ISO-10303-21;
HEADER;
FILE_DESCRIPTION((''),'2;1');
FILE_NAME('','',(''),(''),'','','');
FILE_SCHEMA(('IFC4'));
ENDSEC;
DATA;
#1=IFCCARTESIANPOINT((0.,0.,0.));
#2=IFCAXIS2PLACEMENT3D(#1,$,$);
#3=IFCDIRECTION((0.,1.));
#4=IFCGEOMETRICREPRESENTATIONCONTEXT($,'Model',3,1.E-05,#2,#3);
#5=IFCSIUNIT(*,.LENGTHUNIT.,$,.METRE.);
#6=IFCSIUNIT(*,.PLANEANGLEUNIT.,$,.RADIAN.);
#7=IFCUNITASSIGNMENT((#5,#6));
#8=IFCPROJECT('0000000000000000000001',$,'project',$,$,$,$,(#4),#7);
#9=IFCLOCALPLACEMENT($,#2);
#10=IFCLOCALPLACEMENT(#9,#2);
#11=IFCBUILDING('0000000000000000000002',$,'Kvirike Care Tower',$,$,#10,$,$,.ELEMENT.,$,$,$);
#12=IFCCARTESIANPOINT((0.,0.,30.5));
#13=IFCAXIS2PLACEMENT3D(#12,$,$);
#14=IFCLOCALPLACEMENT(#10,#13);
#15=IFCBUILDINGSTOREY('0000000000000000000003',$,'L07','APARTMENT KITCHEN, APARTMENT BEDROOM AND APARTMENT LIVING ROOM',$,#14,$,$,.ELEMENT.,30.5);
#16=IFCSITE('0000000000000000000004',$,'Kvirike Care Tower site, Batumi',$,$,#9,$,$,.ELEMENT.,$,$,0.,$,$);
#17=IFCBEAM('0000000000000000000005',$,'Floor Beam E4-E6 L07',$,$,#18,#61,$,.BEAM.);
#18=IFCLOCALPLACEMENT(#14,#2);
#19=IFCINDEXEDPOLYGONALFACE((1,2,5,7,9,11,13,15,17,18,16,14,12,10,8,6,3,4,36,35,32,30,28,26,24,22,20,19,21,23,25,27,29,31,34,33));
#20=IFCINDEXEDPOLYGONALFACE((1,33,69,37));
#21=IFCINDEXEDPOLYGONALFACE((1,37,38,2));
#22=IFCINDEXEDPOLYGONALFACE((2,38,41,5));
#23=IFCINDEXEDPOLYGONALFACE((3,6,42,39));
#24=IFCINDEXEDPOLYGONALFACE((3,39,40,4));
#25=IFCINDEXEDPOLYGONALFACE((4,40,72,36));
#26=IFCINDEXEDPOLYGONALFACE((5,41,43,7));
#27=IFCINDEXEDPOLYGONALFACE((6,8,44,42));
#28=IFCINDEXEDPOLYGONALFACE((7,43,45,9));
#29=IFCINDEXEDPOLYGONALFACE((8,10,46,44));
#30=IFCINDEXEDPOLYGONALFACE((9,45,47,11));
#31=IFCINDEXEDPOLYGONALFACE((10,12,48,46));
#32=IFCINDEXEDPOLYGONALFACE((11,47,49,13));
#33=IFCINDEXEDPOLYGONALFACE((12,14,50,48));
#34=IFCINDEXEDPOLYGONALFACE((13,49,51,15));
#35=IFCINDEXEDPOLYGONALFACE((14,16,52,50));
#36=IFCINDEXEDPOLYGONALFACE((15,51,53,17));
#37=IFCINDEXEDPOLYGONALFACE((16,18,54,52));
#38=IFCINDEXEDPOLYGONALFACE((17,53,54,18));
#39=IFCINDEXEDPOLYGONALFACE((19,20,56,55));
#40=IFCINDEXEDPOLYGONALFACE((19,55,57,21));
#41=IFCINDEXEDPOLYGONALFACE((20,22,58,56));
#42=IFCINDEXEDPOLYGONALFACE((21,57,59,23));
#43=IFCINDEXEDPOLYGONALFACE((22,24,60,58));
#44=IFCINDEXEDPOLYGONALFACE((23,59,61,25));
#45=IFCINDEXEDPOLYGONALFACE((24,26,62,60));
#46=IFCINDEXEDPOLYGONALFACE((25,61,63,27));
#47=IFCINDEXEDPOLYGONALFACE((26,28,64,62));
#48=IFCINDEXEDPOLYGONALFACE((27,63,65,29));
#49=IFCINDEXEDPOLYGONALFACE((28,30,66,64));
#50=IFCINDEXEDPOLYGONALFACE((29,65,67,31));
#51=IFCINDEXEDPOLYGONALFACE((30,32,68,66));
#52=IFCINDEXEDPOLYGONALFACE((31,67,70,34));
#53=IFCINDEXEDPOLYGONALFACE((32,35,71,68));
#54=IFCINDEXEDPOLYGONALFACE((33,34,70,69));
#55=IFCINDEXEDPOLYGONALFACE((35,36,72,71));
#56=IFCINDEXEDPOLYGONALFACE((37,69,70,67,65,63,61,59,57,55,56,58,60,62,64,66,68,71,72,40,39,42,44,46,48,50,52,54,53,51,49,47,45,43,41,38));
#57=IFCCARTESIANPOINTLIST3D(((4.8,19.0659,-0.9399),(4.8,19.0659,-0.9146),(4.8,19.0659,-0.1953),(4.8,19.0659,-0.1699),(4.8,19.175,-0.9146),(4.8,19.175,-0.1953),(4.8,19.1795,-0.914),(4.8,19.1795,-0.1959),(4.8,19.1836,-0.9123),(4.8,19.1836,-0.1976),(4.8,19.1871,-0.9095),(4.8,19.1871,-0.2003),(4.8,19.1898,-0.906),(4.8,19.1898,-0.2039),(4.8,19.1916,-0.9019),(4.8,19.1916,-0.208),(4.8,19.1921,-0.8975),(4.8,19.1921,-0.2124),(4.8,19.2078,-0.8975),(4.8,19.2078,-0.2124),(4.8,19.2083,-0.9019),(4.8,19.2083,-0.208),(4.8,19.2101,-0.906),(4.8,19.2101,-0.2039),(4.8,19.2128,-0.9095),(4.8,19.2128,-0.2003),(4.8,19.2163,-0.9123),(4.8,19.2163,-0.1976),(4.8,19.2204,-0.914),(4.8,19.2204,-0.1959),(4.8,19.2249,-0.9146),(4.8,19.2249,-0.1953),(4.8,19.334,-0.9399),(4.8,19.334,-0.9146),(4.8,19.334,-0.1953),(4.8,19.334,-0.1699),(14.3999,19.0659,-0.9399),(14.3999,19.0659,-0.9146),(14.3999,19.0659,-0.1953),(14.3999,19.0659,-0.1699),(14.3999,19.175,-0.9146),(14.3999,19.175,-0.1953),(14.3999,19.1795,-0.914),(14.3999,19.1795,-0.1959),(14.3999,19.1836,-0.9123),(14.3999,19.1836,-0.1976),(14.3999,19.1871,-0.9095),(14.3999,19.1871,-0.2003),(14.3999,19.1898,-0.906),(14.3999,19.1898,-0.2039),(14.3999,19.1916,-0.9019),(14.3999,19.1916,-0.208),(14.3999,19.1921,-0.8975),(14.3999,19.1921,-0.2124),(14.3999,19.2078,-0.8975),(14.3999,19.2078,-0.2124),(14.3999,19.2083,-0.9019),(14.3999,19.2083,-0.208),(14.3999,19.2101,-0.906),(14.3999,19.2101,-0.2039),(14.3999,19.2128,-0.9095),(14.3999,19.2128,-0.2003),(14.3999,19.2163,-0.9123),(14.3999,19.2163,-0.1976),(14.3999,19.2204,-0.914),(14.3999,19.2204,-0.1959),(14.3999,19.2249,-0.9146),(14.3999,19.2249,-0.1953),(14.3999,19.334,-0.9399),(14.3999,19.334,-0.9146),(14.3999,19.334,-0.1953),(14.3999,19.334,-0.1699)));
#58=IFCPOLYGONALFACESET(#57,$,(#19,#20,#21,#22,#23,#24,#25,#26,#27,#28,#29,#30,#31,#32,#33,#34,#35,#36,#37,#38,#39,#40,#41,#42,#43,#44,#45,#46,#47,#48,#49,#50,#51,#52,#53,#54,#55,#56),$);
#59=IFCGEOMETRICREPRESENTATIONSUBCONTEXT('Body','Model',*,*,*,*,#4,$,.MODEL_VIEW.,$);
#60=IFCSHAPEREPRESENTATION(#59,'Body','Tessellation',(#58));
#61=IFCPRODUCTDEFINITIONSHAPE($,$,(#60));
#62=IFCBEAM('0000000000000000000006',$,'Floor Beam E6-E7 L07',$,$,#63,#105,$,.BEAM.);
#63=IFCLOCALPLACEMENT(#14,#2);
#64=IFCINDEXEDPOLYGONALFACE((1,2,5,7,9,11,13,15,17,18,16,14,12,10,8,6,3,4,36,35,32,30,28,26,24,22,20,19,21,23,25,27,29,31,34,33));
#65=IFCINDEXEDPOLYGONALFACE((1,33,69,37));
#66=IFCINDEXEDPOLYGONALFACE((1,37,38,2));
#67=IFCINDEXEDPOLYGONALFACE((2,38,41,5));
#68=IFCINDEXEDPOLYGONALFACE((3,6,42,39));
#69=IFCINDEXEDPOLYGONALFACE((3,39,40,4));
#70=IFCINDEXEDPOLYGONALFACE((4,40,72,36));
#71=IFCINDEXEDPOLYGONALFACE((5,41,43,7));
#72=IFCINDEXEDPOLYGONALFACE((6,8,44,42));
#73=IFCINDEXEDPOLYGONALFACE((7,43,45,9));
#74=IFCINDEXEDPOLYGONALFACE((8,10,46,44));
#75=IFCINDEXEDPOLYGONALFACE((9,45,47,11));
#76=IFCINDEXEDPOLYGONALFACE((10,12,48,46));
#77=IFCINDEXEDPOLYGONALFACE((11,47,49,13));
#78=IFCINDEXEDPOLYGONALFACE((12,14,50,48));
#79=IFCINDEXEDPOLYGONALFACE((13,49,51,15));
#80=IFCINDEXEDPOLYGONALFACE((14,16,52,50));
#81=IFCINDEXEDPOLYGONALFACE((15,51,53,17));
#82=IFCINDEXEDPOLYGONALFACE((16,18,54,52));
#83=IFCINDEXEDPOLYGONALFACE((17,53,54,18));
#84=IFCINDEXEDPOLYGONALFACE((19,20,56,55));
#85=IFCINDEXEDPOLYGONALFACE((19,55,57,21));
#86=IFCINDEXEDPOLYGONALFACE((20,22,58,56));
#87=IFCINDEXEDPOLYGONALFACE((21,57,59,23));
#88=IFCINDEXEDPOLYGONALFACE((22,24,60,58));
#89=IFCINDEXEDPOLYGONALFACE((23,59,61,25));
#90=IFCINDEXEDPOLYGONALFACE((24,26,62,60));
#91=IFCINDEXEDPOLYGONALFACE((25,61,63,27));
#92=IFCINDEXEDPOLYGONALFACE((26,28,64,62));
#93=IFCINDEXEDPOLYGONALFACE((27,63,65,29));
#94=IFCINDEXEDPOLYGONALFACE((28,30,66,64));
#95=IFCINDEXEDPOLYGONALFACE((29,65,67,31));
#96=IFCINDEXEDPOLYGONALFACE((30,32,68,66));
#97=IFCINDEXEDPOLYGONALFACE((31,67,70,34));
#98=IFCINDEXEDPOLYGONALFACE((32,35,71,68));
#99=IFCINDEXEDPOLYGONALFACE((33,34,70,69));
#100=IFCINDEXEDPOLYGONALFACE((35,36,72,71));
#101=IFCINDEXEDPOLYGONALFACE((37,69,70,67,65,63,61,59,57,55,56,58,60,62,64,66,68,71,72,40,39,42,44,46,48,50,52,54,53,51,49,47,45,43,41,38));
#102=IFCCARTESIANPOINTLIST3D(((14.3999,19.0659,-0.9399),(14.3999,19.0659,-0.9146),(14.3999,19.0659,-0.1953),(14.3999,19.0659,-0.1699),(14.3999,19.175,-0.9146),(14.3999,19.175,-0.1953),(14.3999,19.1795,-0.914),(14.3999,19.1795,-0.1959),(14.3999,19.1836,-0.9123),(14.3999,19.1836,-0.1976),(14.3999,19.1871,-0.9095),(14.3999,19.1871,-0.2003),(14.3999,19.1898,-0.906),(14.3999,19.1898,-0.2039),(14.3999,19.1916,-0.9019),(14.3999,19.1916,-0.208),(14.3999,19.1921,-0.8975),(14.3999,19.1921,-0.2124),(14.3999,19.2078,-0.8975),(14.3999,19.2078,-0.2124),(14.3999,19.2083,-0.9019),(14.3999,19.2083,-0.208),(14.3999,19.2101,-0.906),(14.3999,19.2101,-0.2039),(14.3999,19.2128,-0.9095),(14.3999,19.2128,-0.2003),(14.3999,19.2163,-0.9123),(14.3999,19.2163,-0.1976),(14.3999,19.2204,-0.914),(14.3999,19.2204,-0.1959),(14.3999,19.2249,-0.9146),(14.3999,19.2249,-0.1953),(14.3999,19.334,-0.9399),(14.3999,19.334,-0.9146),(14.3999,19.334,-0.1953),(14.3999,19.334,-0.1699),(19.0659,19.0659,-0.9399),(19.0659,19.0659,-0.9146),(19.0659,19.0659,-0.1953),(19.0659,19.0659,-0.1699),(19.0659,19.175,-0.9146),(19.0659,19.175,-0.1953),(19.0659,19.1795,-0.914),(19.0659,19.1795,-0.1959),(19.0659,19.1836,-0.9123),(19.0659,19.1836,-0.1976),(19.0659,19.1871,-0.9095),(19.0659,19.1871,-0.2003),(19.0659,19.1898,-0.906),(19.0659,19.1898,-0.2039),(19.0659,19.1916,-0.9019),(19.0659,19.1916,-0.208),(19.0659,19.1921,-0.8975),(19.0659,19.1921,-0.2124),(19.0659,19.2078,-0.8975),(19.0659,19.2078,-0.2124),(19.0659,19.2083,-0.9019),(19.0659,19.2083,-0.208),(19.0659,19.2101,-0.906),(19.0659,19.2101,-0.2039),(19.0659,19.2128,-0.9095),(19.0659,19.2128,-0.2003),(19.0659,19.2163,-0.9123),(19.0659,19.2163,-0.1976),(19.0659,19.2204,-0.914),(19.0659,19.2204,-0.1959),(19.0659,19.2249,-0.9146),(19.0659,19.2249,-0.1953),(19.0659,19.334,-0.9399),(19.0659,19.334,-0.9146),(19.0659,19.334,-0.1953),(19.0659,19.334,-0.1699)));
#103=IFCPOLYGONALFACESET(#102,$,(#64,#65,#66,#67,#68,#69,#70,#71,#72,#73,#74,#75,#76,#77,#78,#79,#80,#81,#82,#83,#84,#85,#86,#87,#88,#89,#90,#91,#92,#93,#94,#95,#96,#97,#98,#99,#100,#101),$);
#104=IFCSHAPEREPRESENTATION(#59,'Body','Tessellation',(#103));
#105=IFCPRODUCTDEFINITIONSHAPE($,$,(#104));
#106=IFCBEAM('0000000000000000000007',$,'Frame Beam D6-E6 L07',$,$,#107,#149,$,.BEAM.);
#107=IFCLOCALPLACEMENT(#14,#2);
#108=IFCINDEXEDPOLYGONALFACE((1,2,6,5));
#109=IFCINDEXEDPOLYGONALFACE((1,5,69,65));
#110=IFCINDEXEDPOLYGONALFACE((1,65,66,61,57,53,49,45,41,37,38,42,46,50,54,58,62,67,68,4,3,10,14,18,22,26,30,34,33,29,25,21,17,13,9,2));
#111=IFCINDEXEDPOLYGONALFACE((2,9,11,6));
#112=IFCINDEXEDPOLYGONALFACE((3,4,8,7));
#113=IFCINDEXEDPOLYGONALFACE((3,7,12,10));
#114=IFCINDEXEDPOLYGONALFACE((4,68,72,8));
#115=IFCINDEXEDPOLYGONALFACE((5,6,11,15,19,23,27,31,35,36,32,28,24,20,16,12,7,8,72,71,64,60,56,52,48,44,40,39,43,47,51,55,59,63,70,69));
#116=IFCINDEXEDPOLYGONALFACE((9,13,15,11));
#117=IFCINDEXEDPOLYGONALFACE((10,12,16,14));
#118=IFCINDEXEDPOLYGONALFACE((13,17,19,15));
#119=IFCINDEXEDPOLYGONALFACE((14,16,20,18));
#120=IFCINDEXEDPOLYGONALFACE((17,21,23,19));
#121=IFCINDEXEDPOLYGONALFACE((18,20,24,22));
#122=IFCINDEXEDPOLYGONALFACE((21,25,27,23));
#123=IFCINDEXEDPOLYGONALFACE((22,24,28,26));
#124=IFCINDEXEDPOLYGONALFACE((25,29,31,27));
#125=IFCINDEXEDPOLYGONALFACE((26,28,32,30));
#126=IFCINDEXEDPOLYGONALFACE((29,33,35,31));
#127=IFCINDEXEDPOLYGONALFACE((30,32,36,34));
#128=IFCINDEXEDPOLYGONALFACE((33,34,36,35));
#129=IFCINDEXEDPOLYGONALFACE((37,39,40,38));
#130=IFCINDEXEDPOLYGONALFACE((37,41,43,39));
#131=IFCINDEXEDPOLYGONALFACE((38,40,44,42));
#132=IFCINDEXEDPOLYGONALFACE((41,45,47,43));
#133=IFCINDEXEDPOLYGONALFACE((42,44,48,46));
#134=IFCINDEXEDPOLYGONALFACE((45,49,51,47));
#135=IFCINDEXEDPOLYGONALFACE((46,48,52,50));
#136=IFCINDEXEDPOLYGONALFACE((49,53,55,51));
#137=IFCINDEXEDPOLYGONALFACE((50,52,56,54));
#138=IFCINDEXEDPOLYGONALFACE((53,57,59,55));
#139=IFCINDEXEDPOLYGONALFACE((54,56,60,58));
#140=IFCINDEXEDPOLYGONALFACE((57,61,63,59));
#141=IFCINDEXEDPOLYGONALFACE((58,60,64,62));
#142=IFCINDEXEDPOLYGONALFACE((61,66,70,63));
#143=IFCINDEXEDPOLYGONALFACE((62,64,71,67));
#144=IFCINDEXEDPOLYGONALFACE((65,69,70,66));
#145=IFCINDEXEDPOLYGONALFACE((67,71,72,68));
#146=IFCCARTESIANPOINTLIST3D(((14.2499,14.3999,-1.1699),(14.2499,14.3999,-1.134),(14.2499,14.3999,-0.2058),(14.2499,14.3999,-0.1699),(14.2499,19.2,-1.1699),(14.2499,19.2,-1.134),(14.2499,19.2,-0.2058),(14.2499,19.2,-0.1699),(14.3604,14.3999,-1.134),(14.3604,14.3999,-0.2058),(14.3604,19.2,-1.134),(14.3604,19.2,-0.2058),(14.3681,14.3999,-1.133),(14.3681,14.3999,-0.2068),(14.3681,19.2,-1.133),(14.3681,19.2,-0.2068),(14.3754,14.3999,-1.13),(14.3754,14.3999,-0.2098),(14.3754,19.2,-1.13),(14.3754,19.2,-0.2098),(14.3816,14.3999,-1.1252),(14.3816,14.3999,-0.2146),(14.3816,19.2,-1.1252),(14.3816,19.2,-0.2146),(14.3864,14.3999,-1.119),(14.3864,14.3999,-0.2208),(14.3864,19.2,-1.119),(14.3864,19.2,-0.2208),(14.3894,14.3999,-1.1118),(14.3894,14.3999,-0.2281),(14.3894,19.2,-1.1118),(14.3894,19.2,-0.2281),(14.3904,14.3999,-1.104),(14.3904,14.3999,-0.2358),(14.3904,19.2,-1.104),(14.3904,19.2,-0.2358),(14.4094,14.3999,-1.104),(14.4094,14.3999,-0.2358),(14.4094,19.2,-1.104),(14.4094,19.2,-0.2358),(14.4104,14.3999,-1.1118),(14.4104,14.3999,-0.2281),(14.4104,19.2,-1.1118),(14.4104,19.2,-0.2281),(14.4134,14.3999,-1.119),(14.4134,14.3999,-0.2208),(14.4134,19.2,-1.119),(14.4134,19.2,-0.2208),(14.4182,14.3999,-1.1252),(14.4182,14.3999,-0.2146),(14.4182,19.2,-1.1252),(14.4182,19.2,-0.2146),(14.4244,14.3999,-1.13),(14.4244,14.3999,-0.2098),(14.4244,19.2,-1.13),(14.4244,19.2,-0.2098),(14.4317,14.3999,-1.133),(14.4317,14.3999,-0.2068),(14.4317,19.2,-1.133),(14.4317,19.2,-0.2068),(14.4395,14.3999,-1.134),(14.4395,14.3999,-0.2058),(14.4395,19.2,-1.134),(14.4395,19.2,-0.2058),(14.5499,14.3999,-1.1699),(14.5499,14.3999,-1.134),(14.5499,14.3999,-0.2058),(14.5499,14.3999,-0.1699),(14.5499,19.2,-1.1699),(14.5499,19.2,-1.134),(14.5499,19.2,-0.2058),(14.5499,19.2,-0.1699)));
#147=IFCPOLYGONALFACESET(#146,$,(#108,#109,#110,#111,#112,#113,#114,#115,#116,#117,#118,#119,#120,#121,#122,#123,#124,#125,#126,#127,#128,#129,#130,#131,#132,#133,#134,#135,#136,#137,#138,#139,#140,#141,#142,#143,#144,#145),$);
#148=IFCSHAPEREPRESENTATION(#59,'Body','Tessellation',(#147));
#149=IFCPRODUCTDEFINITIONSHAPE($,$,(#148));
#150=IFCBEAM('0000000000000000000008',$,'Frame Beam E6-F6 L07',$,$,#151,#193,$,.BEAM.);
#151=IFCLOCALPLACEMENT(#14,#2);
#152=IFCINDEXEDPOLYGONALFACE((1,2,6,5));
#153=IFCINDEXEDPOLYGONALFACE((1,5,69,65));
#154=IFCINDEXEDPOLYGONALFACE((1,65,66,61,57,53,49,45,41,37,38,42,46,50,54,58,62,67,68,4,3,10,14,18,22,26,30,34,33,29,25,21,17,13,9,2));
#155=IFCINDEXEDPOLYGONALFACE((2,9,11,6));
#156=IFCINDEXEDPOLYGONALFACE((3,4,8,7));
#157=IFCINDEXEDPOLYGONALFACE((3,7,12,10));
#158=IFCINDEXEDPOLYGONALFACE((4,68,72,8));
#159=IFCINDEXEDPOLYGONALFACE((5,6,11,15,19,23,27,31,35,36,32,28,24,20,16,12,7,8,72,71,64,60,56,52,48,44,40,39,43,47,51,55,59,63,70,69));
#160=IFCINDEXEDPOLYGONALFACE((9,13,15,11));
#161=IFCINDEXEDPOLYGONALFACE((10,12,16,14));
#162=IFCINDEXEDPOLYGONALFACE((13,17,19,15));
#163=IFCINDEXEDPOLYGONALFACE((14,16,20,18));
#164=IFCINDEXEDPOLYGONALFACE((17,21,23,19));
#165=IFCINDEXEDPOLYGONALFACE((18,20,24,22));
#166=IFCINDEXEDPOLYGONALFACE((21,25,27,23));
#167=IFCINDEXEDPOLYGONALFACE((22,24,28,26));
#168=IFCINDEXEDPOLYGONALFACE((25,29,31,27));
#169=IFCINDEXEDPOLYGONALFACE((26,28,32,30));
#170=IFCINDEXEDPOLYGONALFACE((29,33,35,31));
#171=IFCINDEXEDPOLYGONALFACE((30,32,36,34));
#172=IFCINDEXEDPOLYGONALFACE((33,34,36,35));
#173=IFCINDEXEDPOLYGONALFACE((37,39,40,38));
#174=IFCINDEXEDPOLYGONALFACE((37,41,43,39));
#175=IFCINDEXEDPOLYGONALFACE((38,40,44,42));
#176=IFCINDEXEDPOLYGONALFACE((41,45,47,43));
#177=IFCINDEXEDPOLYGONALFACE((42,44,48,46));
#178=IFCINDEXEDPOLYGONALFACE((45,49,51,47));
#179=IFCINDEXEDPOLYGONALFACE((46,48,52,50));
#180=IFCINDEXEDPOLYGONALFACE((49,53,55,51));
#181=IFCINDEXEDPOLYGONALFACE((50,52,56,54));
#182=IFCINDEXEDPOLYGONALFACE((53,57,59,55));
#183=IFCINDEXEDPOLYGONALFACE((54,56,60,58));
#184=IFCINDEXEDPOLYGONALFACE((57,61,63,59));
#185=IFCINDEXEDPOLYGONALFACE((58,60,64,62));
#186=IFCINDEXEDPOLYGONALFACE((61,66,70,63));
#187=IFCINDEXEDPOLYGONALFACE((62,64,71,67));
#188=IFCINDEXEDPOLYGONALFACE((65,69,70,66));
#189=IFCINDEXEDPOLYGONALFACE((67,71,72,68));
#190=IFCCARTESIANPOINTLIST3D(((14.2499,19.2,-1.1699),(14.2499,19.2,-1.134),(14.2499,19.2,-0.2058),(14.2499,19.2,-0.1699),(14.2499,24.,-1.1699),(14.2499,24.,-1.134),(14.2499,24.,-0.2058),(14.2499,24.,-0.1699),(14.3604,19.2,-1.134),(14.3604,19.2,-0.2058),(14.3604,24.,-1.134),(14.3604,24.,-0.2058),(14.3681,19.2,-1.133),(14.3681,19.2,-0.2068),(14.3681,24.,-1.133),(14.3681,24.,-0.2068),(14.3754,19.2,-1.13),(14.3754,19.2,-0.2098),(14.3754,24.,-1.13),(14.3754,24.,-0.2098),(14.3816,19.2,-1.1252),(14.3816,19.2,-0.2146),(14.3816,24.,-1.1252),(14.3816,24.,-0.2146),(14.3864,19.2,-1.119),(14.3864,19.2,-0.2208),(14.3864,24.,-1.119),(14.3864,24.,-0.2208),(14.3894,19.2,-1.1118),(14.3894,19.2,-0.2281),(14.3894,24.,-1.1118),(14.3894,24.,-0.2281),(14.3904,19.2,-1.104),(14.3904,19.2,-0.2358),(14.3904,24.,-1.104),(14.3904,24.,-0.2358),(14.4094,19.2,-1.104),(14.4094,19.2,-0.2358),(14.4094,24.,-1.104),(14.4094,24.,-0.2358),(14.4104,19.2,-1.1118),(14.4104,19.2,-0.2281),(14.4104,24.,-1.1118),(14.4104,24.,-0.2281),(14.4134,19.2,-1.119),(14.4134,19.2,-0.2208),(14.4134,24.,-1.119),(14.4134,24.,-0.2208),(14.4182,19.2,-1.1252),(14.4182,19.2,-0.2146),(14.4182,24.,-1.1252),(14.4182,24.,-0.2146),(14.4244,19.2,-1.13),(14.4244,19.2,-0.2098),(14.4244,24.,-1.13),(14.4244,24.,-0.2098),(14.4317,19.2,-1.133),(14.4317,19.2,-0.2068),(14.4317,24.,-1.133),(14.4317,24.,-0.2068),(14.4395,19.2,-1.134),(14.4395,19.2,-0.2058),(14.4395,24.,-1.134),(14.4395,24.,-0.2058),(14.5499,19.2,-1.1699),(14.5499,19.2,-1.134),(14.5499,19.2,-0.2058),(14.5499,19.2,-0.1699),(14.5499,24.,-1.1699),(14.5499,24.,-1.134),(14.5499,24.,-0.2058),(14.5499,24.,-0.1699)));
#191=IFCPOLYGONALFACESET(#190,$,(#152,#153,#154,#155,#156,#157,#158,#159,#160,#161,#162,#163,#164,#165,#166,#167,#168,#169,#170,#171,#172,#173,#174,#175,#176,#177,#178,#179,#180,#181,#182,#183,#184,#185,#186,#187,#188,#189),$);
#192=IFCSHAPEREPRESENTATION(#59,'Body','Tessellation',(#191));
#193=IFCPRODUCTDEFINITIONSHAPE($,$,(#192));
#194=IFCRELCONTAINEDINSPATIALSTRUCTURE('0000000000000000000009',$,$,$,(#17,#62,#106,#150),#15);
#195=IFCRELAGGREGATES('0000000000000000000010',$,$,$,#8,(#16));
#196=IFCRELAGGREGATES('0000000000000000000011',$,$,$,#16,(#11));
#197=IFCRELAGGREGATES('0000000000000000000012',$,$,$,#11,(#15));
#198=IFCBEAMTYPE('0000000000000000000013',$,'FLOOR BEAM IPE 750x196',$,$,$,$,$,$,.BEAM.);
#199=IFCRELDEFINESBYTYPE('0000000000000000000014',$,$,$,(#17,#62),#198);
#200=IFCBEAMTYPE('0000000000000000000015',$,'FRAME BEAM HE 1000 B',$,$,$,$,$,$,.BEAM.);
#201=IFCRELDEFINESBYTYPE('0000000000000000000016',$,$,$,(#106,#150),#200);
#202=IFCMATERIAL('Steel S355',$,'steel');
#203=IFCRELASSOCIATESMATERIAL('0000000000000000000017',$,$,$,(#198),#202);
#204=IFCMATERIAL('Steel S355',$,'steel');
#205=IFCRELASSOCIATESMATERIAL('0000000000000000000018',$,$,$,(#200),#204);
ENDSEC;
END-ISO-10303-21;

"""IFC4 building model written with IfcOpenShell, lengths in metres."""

from ifc_helpers import new_model, si_unit, direction, frame, origin, origin_2d, place, context, subcontext, project, spatial, i_section, extrude, material, material_profile, profile_set, type_object, element, save


model = new_model("IFC4")

# Units and contexts
model_context = context("Model", 3, precision=1e-05, world=origin(), true_north=direction((0.0, 1.0)))
body_context = subcontext(model_context, "Body", "Model", "MODEL_VIEW")
ifc_project = project(units=[si_unit("LENGTHUNIT", "METRE"), si_unit("PLANEANGLEUNIT", "RADIAN")], contexts=[model_context])

# Site, building, storey
site_placement = place(None, origin())
site = spatial("IfcSite", under=ifc_project, at=site_placement, Name="Kvirike Care Tower site, Batumi", CompositionType="ELEMENT", RefElevation=0.0)
building_placement = place(site_placement, origin())
building = spatial("IfcBuilding", under=site, at=building_placement, Name="Kvirike Care Tower", CompositionType="ELEMENT")
storey_placement = place(building_placement, frame((0.0, 0.0, 30.5)))
storey = spatial("IfcBuildingStorey", under=building, at=storey_placement, Name="L07", Description="APARTMENT KITCHEN, APARTMENT BEDROOM AND APARTMENT LIVING ROOM", CompositionType="ELEMENT", Elevation=30.5)

# Beams
ifc_material_1 = material(Name="Steel S355", Category="steel")
ifc_material_profile_1 = material_profile(ifc_material_1, i_section(OverallWidth=0.2681, OverallDepth=0.77, WebThickness=0.0156, FlangeThickness=0.0254, FilletRadius=0.0171, at=origin_2d()), Name="IPE 750x196")
ifc_profile_set_1 = profile_set([ifc_material_profile_1], Name="Steel S355")
beam_type_1 = type_object("IfcBeamType", Name="FLOOR BEAM IPE 750x196", PredefinedType="BEAM", material=ifc_profile_set_1)
beam_1_placement = place(storey_placement, frame((4.8, 19.2, -0.5549), z_axis=(1.0, 0.0, 0.0), x_axis=(0.0, 1.0, 0.0)))
element("IfcBeam", 1, at=beam_1_placement, inside=storey, type_object=beam_type_1, Name="Floor Beam E4-E6 L07", PredefinedType="BEAM", context=body_context, shape_type="SweptSolid", body=[
    extrude(i_section(OverallWidth=0.2681, OverallDepth=0.77, WebThickness=0.0156, FlangeThickness=0.0254, FilletRadius=0.0171, at=origin_2d()), origin(), (0.0, 0.0, 1.0), 9.5999),
])
beam_2_placement = place(storey_placement, frame((14.3999, 19.2, -0.5549), z_axis=(1.0, 0.0, 0.0), x_axis=(0.0, 1.0, 0.0)))
element("IfcBeam", 2, at=beam_2_placement, inside=storey, type_object=beam_type_1, Name="Floor Beam E6-E7 L07", PredefinedType="BEAM", context=body_context, shape_type="SweptSolid", body=[
    extrude(i_section(OverallWidth=0.2681, OverallDepth=0.77, WebThickness=0.0156, FlangeThickness=0.0254, FilletRadius=0.0171, at=origin_2d()), origin(), (0.0, 0.0, 1.0), 4.666),
])
ifc_material_2 = material(Name="Steel S355", Category="steel")
ifc_material_profile_2 = material_profile(ifc_material_2, i_section(OverallWidth=0.3, OverallDepth=1.0, WebThickness=0.019, FlangeThickness=0.0359, FilletRadius=0.03, at=origin_2d()), Name="HE 1000 B")
ifc_profile_set_2 = profile_set([ifc_material_profile_2], Name="Steel S355")
beam_type_2 = type_object("IfcBeamType", Name="FRAME BEAM HE 1000 B", PredefinedType="BEAM", material=ifc_profile_set_2)
for number, where, z_axis, x_axis, name in (
    (3, (14.3999, 14.3999, -0.6699), (0.0, 1.0, 0.0), (-1.0, 0.0, 0.0), "Frame Beam D6-E6 L07"),
    (4, (14.3999, 19.2, -0.6699), (0.0, 1.0, 0.0), (-1.0, 0.0, 0.0), "Frame Beam E6-F6 L07"),
):
    element("IfcBeam", number, at=place(storey_placement, frame(where, z_axis=z_axis, x_axis=x_axis)), inside=storey, type_object=beam_type_2, Name=name, PredefinedType="BEAM", context=body_context, shape_type="SweptSolid", body=[
        extrude(i_section(OverallWidth=0.3, OverallDepth=1.0, WebThickness=0.019, FlangeThickness=0.0359, FilletRadius=0.03, at=origin_2d()), origin(), (0.0, 0.0, 1.0), 4.8),
    ])

save(model, "model.ifc")
